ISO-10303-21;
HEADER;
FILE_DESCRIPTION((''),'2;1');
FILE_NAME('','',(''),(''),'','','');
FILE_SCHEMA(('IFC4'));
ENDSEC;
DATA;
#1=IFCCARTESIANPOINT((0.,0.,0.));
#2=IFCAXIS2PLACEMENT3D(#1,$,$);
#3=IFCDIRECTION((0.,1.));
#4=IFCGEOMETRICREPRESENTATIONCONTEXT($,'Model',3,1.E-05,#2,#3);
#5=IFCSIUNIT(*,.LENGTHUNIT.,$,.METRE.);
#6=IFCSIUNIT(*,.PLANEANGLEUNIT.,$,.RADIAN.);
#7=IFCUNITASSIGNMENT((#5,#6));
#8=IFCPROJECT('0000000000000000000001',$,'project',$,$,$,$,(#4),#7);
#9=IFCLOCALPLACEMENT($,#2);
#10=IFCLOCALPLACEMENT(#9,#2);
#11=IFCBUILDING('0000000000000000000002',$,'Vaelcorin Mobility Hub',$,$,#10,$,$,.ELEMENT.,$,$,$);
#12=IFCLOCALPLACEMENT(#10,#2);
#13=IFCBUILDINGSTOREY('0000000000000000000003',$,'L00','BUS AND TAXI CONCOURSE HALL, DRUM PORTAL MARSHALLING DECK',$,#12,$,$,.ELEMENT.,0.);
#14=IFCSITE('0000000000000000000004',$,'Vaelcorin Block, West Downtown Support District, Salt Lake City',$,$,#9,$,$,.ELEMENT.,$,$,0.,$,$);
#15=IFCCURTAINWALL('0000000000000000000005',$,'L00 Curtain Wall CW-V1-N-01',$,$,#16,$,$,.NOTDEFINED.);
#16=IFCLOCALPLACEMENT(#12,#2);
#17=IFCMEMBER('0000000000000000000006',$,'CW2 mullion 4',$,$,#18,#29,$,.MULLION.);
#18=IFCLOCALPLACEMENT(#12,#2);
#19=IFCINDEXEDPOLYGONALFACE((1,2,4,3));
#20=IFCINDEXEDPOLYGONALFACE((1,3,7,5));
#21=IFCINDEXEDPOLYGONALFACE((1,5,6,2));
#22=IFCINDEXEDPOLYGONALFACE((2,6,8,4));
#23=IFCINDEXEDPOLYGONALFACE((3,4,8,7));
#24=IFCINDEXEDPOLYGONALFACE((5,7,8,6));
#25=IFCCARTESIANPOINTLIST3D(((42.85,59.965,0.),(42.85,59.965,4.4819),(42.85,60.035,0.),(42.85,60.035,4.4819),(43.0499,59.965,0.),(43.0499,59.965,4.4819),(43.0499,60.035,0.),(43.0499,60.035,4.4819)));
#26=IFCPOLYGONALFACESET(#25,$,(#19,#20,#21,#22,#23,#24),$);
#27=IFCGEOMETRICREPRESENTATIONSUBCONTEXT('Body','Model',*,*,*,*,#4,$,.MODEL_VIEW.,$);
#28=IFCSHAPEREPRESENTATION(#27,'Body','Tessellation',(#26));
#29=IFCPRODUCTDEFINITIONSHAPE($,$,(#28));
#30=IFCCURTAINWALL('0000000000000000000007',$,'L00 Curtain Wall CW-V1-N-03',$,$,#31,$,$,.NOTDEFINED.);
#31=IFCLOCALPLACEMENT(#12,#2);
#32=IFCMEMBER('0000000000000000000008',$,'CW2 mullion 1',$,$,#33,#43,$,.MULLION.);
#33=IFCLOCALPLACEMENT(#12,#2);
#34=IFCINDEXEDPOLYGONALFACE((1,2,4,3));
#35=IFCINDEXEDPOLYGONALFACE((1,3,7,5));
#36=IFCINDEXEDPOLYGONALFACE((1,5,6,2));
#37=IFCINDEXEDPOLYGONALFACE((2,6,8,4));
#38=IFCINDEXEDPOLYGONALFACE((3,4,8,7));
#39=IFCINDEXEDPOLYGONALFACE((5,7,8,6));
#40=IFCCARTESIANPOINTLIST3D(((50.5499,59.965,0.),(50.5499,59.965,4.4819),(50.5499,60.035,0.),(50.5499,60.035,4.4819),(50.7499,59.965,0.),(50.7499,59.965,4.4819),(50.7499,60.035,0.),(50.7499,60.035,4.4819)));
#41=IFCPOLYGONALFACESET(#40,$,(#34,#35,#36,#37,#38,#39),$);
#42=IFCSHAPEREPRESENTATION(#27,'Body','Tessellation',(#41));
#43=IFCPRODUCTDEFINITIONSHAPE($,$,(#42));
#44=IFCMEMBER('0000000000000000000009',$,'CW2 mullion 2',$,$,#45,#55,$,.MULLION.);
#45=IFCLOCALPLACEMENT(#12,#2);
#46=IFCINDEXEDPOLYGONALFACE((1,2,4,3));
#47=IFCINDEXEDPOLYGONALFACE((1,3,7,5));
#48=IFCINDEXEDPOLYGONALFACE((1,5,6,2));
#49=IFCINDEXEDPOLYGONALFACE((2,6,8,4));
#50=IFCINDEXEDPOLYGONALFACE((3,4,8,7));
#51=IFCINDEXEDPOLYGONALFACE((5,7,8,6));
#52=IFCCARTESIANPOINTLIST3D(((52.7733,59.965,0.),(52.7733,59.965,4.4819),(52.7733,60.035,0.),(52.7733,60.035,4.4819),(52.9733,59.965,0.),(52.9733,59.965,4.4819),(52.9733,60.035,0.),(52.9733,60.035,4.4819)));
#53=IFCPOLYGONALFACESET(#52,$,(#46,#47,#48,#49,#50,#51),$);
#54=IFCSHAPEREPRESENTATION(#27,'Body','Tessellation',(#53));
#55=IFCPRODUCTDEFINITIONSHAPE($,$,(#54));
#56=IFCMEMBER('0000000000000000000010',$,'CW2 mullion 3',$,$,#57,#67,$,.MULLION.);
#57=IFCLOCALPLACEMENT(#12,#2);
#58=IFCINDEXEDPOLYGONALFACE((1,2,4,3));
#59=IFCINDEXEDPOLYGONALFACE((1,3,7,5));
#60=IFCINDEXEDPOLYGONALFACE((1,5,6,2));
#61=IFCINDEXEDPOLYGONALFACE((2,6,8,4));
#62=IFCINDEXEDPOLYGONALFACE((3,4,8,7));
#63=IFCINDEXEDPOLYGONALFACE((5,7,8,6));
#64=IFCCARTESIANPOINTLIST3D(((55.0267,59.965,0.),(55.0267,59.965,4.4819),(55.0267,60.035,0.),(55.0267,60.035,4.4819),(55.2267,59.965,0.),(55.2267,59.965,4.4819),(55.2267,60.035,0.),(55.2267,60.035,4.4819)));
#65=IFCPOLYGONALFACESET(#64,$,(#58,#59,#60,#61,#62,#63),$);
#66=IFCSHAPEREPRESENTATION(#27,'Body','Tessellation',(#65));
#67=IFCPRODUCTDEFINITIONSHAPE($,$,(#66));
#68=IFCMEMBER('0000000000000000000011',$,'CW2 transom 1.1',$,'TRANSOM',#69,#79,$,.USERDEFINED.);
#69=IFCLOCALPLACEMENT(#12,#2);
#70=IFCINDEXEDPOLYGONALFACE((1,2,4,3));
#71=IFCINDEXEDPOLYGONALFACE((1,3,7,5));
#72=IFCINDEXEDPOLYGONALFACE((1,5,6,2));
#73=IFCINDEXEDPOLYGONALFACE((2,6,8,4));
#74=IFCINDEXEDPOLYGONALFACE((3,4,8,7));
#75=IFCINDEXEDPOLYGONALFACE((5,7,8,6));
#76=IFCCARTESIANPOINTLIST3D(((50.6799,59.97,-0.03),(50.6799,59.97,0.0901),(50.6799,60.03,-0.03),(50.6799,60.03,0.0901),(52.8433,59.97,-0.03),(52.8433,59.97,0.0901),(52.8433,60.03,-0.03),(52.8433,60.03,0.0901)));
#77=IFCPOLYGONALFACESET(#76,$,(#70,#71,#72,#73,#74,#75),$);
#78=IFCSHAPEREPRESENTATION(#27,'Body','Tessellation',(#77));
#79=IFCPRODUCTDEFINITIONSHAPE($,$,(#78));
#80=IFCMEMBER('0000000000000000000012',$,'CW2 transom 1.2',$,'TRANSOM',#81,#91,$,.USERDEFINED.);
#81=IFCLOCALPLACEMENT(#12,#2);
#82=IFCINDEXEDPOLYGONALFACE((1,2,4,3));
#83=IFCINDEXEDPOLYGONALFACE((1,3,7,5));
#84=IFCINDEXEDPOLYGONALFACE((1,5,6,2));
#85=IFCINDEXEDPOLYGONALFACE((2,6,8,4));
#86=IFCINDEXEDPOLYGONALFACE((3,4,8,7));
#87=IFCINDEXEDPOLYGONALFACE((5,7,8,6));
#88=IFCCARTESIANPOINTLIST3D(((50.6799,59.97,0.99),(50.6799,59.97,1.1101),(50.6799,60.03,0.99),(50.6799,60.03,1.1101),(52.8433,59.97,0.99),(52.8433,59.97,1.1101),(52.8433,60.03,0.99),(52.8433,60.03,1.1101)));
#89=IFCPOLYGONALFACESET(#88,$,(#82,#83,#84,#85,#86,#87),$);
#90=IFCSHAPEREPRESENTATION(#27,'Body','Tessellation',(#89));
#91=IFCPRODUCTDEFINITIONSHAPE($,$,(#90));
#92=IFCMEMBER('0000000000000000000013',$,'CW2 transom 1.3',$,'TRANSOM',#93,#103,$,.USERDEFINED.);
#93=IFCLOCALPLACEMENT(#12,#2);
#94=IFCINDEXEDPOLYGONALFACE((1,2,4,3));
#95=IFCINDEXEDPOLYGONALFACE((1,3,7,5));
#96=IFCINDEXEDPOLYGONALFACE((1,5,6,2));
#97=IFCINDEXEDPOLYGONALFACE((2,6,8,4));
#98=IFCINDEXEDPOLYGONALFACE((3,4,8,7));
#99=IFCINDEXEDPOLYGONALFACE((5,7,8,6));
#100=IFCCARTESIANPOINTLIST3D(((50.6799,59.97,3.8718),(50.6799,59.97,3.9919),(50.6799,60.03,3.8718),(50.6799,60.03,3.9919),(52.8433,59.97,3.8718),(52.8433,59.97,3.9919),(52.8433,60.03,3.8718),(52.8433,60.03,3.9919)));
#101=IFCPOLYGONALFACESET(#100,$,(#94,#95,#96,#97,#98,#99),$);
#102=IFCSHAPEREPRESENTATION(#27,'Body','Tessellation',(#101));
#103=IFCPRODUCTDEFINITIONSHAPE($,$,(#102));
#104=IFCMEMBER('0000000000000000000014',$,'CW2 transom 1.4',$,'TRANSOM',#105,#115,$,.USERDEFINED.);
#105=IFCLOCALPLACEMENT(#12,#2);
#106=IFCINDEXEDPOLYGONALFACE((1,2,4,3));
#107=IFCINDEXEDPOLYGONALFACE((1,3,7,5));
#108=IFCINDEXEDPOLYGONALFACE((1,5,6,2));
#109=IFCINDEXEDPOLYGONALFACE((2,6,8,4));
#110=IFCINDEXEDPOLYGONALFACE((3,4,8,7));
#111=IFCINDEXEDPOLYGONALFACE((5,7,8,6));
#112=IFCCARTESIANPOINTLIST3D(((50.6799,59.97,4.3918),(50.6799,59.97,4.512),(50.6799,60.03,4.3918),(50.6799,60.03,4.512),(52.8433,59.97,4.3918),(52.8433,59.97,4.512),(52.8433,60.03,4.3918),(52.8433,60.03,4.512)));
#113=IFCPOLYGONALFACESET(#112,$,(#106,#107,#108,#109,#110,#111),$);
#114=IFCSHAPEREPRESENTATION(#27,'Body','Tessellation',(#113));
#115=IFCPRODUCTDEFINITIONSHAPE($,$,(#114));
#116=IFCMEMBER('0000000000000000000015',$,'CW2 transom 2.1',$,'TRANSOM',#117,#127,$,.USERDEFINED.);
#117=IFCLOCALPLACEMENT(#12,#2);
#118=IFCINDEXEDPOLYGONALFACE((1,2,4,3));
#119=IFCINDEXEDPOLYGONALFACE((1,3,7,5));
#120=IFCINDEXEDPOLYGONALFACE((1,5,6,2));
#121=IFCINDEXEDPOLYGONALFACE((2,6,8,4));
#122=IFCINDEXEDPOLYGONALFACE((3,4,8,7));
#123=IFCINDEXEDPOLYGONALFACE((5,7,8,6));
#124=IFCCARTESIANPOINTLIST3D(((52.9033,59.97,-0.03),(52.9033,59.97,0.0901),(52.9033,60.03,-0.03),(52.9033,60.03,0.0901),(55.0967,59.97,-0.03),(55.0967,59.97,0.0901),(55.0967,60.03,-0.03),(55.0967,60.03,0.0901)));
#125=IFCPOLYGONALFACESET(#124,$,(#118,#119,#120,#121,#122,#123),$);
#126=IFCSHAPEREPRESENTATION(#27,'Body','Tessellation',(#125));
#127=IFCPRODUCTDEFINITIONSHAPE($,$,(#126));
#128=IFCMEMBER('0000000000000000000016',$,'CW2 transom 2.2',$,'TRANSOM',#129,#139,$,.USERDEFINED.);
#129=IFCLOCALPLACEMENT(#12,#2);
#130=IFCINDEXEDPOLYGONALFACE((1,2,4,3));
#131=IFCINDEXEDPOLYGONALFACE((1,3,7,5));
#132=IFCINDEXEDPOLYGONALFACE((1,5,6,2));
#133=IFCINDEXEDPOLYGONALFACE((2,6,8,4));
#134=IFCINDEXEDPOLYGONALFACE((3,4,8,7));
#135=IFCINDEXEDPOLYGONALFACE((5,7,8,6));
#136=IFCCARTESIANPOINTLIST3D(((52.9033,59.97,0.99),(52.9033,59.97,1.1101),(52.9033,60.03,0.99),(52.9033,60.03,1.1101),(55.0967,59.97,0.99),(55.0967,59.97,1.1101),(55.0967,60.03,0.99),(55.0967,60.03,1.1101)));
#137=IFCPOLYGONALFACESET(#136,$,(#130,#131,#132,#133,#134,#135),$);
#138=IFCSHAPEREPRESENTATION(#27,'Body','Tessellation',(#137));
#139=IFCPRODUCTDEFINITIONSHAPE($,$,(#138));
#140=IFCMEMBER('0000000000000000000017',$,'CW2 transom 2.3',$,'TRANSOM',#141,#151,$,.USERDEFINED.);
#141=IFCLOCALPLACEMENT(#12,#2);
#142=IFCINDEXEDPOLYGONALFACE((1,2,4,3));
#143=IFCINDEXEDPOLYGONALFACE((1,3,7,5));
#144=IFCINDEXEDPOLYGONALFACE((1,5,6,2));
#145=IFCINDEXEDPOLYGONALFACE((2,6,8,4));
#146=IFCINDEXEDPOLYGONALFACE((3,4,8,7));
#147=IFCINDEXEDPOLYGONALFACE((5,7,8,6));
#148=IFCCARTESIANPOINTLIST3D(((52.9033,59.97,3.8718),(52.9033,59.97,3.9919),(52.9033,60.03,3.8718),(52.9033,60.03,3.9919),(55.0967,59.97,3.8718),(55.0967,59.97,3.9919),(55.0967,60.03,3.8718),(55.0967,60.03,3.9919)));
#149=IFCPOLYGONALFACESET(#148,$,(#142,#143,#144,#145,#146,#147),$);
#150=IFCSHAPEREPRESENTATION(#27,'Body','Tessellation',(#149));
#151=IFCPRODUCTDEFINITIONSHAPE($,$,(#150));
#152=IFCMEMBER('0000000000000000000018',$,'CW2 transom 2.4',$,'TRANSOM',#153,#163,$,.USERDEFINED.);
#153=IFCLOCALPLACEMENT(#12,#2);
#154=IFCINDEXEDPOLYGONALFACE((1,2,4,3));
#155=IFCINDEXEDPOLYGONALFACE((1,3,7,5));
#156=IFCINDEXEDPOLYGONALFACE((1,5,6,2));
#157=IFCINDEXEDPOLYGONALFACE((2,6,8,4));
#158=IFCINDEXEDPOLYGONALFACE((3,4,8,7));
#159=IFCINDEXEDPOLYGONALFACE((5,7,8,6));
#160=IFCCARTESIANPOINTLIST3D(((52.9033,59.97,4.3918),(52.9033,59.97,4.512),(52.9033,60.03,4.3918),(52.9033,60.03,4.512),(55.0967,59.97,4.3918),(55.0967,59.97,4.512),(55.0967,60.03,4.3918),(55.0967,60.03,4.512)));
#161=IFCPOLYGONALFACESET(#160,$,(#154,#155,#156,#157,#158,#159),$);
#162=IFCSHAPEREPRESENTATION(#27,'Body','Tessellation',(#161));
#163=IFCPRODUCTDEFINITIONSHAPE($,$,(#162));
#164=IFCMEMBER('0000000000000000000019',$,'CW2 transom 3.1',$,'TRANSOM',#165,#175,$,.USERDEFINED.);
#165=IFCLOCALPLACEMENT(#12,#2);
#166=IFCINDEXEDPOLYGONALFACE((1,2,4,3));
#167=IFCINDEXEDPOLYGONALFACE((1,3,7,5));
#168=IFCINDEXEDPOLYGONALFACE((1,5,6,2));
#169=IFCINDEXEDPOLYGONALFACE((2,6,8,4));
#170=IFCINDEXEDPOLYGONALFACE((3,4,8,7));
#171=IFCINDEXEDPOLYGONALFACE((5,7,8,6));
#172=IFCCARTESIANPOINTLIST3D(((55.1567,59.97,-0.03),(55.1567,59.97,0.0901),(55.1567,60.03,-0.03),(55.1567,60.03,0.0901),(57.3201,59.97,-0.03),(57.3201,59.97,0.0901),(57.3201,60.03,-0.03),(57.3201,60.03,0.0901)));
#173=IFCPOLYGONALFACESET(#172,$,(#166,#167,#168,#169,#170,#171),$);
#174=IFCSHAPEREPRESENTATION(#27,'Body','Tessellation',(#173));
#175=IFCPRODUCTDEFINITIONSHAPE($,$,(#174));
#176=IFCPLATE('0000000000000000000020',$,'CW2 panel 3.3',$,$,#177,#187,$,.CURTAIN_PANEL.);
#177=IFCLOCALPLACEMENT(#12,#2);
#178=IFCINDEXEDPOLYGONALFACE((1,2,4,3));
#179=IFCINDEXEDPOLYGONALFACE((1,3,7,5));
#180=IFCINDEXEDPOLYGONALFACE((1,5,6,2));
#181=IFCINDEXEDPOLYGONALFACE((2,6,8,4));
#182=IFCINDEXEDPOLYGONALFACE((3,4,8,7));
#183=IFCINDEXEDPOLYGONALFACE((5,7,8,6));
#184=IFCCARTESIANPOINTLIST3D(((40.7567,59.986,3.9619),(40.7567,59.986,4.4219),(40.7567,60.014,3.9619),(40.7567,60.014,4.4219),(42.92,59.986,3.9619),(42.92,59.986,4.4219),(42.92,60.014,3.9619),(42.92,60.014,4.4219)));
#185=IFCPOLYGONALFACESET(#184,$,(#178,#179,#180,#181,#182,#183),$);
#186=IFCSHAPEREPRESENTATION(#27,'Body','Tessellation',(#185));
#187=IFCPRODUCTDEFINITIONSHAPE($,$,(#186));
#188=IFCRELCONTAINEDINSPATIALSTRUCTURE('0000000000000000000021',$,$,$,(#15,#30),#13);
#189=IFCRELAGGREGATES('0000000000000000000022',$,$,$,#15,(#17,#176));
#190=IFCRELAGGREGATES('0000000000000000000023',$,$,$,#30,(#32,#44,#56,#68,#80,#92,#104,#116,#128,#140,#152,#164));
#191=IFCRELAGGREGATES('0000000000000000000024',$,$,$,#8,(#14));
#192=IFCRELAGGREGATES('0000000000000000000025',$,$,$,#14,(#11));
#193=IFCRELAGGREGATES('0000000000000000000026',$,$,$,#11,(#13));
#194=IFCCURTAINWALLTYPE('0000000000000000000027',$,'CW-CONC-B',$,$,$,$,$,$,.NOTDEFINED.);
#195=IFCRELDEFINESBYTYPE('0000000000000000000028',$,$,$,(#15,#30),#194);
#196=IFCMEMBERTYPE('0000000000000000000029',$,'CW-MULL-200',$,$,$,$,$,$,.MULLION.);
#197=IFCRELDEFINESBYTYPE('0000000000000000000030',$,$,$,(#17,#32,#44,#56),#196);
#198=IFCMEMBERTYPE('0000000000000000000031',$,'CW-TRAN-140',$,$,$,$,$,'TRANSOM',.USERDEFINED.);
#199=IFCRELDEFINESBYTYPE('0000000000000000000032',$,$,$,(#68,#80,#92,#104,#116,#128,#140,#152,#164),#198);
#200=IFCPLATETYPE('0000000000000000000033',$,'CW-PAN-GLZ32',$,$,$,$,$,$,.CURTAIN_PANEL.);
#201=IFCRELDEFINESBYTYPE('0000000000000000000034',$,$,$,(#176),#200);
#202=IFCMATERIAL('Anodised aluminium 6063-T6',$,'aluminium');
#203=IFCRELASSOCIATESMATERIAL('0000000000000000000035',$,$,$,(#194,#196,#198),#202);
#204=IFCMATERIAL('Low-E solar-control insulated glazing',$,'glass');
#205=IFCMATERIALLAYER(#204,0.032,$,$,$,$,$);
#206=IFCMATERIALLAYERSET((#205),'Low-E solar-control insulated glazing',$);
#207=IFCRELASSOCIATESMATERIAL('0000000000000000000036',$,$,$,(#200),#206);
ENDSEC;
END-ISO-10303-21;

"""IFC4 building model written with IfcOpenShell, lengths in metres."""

from ifc_helpers import new_model, si_unit, direction, frame, origin, origin_2d, place, context, subcontext, project, spatial, rectangle, extrude, material, layer, layer_set, material_profile, profile_set, type_object, element, aggregate, save


model = new_model("IFC4")

# Units and contexts
model_context = context("Model", 3, precision=1e-05, world=origin(), true_north=direction((0.0, 1.0)))
body_context = subcontext(model_context, "Body", "Model", "MODEL_VIEW")
ifc_project = project(units=[si_unit("LENGTHUNIT", "METRE"), si_unit("PLANEANGLEUNIT", "RADIAN")], contexts=[model_context])

# Site, building, storey
site_placement = place(None, origin())
site = spatial("IfcSite", under=ifc_project, at=site_placement, Name="Vaelcorin Block, West Downtown Support District, Salt Lake City", CompositionType="ELEMENT", RefElevation=0.0)
building_placement = place(site_placement, origin())
building = spatial("IfcBuilding", under=site, at=building_placement, Name="Vaelcorin Mobility Hub", CompositionType="ELEMENT")
storey_placement = place(building_placement, origin())
storey = spatial("IfcBuildingStorey", under=building, at=storey_placement, Name="L00", Description="BUS AND TAXI CONCOURSE HALL, DRUM PORTAL MARSHALLING DECK", CompositionType="ELEMENT", Elevation=0.0)

# Curtain wall, member
ifc_material_1 = material(Name="Anodised aluminium 6063-T6", Category="aluminium")
curtain_wall_type = type_object("IfcCurtainWallType", Name="CW-CONC-B", PredefinedType="NOTDEFINED", material=ifc_material_1)
curtain_wall_1_placement = place(storey_placement, origin())
curtain_wall_1 = element("IfcCurtainWall", 1, at=curtain_wall_1_placement, inside=storey, type_object=curtain_wall_type, Name="L00 Curtain Wall CW-V1-N-01", PredefinedType="NOTDEFINED")
ifc_material_profile_1 = material_profile(ifc_material_1, rectangle(XDim=0.0701, YDim=0.2, at=origin_2d()), Name="ALU-M70X200")
ifc_profile_set_1 = profile_set([ifc_material_profile_1], Name="Anodised aluminium 6063-T6")
member_type_1 = type_object("IfcMemberType", Name="CW-MULL-200", PredefinedType="MULLION", material=ifc_profile_set_1)
member_1_placement = place(storey_placement, frame((42.95, 60.0, 0.0), z_axis=(0.0, 0.0, 1.0), x_axis=(0.0, 1.0, 0.0)))
member_1 = element("IfcMember", 2, at=member_1_placement, type_object=member_type_1, Name="CW2 mullion 4", PredefinedType="MULLION", context=body_context, shape_type="SweptSolid", body=[
    extrude(rectangle(XDim=0.0701, YDim=0.2, at=origin_2d()), origin(), (0.0, 0.0, 1.0), 4.4819),
])

# Curtain wall, members
curtain_wall_2_placement = place(storey_placement, origin())
curtain_wall_2 = element("IfcCurtainWall", 3, at=curtain_wall_2_placement, inside=storey, type_object=curtain_wall_type, Name="L00 Curtain Wall CW-V1-N-03", PredefinedType="NOTDEFINED")
member_2_placement = place(storey_placement, frame((50.6499, 60.0, 0.0), z_axis=(0.0, 0.0, 1.0), x_axis=(0.0, 1.0, 0.0)))
member_2 = element("IfcMember", 4, at=member_2_placement, type_object=member_type_1, Name="CW2 mullion 1", PredefinedType="MULLION", context=body_context, shape_type="SweptSolid", body=[
    extrude(rectangle(XDim=0.0701, YDim=0.2, at=origin_2d()), origin(), (0.0, 0.0, 1.0), 4.4819),
])
member_3_placement = place(storey_placement, frame((52.8733, 60.0, 0.0), z_axis=(0.0, 0.0, 1.0), x_axis=(0.0, 1.0, 0.0)))
member_3 = element("IfcMember", 5, at=member_3_placement, type_object=member_type_1, Name="CW2 mullion 2", PredefinedType="MULLION", context=body_context, shape_type="SweptSolid", body=[
    extrude(rectangle(XDim=0.0701, YDim=0.2, at=origin_2d()), origin(), (0.0, 0.0, 1.0), 4.4819),
])
member_4_placement = place(storey_placement, frame((55.1267, 60.0, 0.0), z_axis=(0.0, 0.0, 1.0), x_axis=(0.0, 1.0, 0.0)))
member_4 = element("IfcMember", 6, at=member_4_placement, type_object=member_type_1, Name="CW2 mullion 3", PredefinedType="MULLION", context=body_context, shape_type="SweptSolid", body=[
    extrude(rectangle(XDim=0.0701, YDim=0.2, at=origin_2d()), origin(), (0.0, 0.0, 1.0), 4.4819),
])
ifc_material_profile_2 = material_profile(ifc_material_1, rectangle(XDim=0.0601, YDim=0.1201, at=origin_2d()), Name="ALU-T60X120")
ifc_profile_set_2 = profile_set([ifc_material_profile_2], Name="Anodised aluminium 6063-T6")
member_type_2 = type_object("IfcMemberType", Name="CW-TRAN-140", ElementType="TRANSOM", PredefinedType="USERDEFINED", material=ifc_profile_set_2)
member_5_placement = place(storey_placement, frame((50.6799, 60.0, 0.03), z_axis=(1.0, 0.0, 0.0), x_axis=(0.0, 1.0, 0.0)))
member_5 = element("IfcMember", 7, at=member_5_placement, type_object=member_type_2, Name="CW2 transom 1.1", ObjectType="TRANSOM", PredefinedType="USERDEFINED", context=body_context, shape_type="SweptSolid", body=[
    extrude(rectangle(XDim=0.0601, YDim=0.1201, at=origin_2d()), origin(), (0.0, 0.0, 1.0), 2.1633),
])
member_6_placement = place(storey_placement, frame((50.6799, 60.0, 1.05), z_axis=(1.0, 0.0, 0.0), x_axis=(0.0, 1.0, 0.0)))
member_6 = element("IfcMember", 8, at=member_6_placement, type_object=member_type_2, Name="CW2 transom 1.2", ObjectType="TRANSOM", PredefinedType="USERDEFINED", context=body_context, shape_type="SweptSolid", body=[
    extrude(rectangle(XDim=0.0601, YDim=0.1201, at=origin_2d()), origin(), (0.0, 0.0, 1.0), 2.1633),
])
member_7_placement = place(storey_placement, frame((50.6799, 60.0, 3.9319), z_axis=(1.0, 0.0, 0.0), x_axis=(0.0, 1.0, 0.0)))
member_7 = element("IfcMember", 9, at=member_7_placement, type_object=member_type_2, Name="CW2 transom 1.3", ObjectType="TRANSOM", PredefinedType="USERDEFINED", context=body_context, shape_type="SweptSolid", body=[
    extrude(rectangle(XDim=0.0601, YDim=0.1201, at=origin_2d()), origin(), (0.0, 0.0, 1.0), 2.1633),
])
member_8_placement = place(storey_placement, frame((50.6799, 60.0, 4.4519), z_axis=(1.0, 0.0, 0.0), x_axis=(0.0, 1.0, 0.0)))
member_8 = element("IfcMember", 10, at=member_8_placement, type_object=member_type_2, Name="CW2 transom 1.4", ObjectType="TRANSOM", PredefinedType="USERDEFINED", context=body_context, shape_type="SweptSolid", body=[
    extrude(rectangle(XDim=0.0601, YDim=0.1201, at=origin_2d()), origin(), (0.0, 0.0, 1.0), 2.1633),
])
member_9_placement = place(storey_placement, frame((52.9033, 60.0, 0.03), z_axis=(1.0, 0.0, 0.0), x_axis=(0.0, 1.0, 0.0)))
member_9 = element("IfcMember", 11, at=member_9_placement, type_object=member_type_2, Name="CW2 transom 2.1", ObjectType="TRANSOM", PredefinedType="USERDEFINED", context=body_context, shape_type="SweptSolid", body=[
    extrude(rectangle(XDim=0.0601, YDim=0.1201, at=origin_2d()), origin(), (0.0, 0.0, 1.0), 2.1934),
])
member_10_placement = place(storey_placement, frame((52.9033, 60.0, 1.05), z_axis=(1.0, 0.0, 0.0), x_axis=(0.0, 1.0, 0.0)))
member_10 = element("IfcMember", 12, at=member_10_placement, type_object=member_type_2, Name="CW2 transom 2.2", ObjectType="TRANSOM", PredefinedType="USERDEFINED", context=body_context, shape_type="SweptSolid", body=[
    extrude(rectangle(XDim=0.0601, YDim=0.1201, at=origin_2d()), origin(), (0.0, 0.0, 1.0), 2.1934),
])
member_11_placement = place(storey_placement, frame((52.9033, 60.0, 3.9319), z_axis=(1.0, 0.0, 0.0), x_axis=(0.0, 1.0, 0.0)))
member_11 = element("IfcMember", 13, at=member_11_placement, type_object=member_type_2, Name="CW2 transom 2.3", ObjectType="TRANSOM", PredefinedType="USERDEFINED", context=body_context, shape_type="SweptSolid", body=[
    extrude(rectangle(XDim=0.0601, YDim=0.1201, at=origin_2d()), origin(), (0.0, 0.0, 1.0), 2.1934),
])
member_12_placement = place(storey_placement, frame((52.9033, 60.0, 4.4519), z_axis=(1.0, 0.0, 0.0), x_axis=(0.0, 1.0, 0.0)))
member_12 = element("IfcMember", 14, at=member_12_placement, type_object=member_type_2, Name="CW2 transom 2.4", ObjectType="TRANSOM", PredefinedType="USERDEFINED", context=body_context, shape_type="SweptSolid", body=[
    extrude(rectangle(XDim=0.0601, YDim=0.1201, at=origin_2d()), origin(), (0.0, 0.0, 1.0), 2.1934),
])
member_13_placement = place(storey_placement, frame((55.1567, 60.0, 0.03), z_axis=(1.0, 0.0, 0.0), x_axis=(0.0, 1.0, 0.0)))
member_13 = element("IfcMember", 15, at=member_13_placement, type_object=member_type_2, Name="CW2 transom 3.1", ObjectType="TRANSOM", PredefinedType="USERDEFINED", context=body_context, shape_type="SweptSolid", body=[
    extrude(rectangle(XDim=0.0601, YDim=0.1201, at=origin_2d()), origin(), (0.0, 0.0, 1.0), 2.1633),
])

# Plate
ifc_material_2 = material(Name="Low-E solar-control insulated glazing", Category="glass")
ifc_layer_1 = layer(ifc_material_2, 0.032)
ifc_layer_set_1 = layer_set([ifc_layer_1], Name="Low-E solar-control insulated glazing")
plate_type = type_object("IfcPlateType", Name="CW-PAN-GLZ32", PredefinedType="CURTAIN_PANEL", material=ifc_layer_set_1)
plate_1_placement = place(storey_placement, frame((41.8384, 60.0, 3.9619), z_axis=(0.0, 0.0, 1.0), x_axis=(1.0, 0.0, 0.0)))
plate_1 = element("IfcPlate", 16, at=plate_1_placement, type_object=plate_type, Name="CW2 panel 3.3", PredefinedType="CURTAIN_PANEL", context=body_context, shape_type="SweptSolid", body=[
    extrude(rectangle(XDim=2.1633, YDim=0.0281, at=origin_2d()), origin(), (0.0, 0.0, 1.0), 0.46),
])
aggregate(curtain_wall_1, [member_1, plate_1])
aggregate(curtain_wall_2, [member_2, member_3, member_4, member_5, member_6, member_7, member_8, member_9, member_10, member_11, member_12, member_13])

save(model, "model.ifc")
